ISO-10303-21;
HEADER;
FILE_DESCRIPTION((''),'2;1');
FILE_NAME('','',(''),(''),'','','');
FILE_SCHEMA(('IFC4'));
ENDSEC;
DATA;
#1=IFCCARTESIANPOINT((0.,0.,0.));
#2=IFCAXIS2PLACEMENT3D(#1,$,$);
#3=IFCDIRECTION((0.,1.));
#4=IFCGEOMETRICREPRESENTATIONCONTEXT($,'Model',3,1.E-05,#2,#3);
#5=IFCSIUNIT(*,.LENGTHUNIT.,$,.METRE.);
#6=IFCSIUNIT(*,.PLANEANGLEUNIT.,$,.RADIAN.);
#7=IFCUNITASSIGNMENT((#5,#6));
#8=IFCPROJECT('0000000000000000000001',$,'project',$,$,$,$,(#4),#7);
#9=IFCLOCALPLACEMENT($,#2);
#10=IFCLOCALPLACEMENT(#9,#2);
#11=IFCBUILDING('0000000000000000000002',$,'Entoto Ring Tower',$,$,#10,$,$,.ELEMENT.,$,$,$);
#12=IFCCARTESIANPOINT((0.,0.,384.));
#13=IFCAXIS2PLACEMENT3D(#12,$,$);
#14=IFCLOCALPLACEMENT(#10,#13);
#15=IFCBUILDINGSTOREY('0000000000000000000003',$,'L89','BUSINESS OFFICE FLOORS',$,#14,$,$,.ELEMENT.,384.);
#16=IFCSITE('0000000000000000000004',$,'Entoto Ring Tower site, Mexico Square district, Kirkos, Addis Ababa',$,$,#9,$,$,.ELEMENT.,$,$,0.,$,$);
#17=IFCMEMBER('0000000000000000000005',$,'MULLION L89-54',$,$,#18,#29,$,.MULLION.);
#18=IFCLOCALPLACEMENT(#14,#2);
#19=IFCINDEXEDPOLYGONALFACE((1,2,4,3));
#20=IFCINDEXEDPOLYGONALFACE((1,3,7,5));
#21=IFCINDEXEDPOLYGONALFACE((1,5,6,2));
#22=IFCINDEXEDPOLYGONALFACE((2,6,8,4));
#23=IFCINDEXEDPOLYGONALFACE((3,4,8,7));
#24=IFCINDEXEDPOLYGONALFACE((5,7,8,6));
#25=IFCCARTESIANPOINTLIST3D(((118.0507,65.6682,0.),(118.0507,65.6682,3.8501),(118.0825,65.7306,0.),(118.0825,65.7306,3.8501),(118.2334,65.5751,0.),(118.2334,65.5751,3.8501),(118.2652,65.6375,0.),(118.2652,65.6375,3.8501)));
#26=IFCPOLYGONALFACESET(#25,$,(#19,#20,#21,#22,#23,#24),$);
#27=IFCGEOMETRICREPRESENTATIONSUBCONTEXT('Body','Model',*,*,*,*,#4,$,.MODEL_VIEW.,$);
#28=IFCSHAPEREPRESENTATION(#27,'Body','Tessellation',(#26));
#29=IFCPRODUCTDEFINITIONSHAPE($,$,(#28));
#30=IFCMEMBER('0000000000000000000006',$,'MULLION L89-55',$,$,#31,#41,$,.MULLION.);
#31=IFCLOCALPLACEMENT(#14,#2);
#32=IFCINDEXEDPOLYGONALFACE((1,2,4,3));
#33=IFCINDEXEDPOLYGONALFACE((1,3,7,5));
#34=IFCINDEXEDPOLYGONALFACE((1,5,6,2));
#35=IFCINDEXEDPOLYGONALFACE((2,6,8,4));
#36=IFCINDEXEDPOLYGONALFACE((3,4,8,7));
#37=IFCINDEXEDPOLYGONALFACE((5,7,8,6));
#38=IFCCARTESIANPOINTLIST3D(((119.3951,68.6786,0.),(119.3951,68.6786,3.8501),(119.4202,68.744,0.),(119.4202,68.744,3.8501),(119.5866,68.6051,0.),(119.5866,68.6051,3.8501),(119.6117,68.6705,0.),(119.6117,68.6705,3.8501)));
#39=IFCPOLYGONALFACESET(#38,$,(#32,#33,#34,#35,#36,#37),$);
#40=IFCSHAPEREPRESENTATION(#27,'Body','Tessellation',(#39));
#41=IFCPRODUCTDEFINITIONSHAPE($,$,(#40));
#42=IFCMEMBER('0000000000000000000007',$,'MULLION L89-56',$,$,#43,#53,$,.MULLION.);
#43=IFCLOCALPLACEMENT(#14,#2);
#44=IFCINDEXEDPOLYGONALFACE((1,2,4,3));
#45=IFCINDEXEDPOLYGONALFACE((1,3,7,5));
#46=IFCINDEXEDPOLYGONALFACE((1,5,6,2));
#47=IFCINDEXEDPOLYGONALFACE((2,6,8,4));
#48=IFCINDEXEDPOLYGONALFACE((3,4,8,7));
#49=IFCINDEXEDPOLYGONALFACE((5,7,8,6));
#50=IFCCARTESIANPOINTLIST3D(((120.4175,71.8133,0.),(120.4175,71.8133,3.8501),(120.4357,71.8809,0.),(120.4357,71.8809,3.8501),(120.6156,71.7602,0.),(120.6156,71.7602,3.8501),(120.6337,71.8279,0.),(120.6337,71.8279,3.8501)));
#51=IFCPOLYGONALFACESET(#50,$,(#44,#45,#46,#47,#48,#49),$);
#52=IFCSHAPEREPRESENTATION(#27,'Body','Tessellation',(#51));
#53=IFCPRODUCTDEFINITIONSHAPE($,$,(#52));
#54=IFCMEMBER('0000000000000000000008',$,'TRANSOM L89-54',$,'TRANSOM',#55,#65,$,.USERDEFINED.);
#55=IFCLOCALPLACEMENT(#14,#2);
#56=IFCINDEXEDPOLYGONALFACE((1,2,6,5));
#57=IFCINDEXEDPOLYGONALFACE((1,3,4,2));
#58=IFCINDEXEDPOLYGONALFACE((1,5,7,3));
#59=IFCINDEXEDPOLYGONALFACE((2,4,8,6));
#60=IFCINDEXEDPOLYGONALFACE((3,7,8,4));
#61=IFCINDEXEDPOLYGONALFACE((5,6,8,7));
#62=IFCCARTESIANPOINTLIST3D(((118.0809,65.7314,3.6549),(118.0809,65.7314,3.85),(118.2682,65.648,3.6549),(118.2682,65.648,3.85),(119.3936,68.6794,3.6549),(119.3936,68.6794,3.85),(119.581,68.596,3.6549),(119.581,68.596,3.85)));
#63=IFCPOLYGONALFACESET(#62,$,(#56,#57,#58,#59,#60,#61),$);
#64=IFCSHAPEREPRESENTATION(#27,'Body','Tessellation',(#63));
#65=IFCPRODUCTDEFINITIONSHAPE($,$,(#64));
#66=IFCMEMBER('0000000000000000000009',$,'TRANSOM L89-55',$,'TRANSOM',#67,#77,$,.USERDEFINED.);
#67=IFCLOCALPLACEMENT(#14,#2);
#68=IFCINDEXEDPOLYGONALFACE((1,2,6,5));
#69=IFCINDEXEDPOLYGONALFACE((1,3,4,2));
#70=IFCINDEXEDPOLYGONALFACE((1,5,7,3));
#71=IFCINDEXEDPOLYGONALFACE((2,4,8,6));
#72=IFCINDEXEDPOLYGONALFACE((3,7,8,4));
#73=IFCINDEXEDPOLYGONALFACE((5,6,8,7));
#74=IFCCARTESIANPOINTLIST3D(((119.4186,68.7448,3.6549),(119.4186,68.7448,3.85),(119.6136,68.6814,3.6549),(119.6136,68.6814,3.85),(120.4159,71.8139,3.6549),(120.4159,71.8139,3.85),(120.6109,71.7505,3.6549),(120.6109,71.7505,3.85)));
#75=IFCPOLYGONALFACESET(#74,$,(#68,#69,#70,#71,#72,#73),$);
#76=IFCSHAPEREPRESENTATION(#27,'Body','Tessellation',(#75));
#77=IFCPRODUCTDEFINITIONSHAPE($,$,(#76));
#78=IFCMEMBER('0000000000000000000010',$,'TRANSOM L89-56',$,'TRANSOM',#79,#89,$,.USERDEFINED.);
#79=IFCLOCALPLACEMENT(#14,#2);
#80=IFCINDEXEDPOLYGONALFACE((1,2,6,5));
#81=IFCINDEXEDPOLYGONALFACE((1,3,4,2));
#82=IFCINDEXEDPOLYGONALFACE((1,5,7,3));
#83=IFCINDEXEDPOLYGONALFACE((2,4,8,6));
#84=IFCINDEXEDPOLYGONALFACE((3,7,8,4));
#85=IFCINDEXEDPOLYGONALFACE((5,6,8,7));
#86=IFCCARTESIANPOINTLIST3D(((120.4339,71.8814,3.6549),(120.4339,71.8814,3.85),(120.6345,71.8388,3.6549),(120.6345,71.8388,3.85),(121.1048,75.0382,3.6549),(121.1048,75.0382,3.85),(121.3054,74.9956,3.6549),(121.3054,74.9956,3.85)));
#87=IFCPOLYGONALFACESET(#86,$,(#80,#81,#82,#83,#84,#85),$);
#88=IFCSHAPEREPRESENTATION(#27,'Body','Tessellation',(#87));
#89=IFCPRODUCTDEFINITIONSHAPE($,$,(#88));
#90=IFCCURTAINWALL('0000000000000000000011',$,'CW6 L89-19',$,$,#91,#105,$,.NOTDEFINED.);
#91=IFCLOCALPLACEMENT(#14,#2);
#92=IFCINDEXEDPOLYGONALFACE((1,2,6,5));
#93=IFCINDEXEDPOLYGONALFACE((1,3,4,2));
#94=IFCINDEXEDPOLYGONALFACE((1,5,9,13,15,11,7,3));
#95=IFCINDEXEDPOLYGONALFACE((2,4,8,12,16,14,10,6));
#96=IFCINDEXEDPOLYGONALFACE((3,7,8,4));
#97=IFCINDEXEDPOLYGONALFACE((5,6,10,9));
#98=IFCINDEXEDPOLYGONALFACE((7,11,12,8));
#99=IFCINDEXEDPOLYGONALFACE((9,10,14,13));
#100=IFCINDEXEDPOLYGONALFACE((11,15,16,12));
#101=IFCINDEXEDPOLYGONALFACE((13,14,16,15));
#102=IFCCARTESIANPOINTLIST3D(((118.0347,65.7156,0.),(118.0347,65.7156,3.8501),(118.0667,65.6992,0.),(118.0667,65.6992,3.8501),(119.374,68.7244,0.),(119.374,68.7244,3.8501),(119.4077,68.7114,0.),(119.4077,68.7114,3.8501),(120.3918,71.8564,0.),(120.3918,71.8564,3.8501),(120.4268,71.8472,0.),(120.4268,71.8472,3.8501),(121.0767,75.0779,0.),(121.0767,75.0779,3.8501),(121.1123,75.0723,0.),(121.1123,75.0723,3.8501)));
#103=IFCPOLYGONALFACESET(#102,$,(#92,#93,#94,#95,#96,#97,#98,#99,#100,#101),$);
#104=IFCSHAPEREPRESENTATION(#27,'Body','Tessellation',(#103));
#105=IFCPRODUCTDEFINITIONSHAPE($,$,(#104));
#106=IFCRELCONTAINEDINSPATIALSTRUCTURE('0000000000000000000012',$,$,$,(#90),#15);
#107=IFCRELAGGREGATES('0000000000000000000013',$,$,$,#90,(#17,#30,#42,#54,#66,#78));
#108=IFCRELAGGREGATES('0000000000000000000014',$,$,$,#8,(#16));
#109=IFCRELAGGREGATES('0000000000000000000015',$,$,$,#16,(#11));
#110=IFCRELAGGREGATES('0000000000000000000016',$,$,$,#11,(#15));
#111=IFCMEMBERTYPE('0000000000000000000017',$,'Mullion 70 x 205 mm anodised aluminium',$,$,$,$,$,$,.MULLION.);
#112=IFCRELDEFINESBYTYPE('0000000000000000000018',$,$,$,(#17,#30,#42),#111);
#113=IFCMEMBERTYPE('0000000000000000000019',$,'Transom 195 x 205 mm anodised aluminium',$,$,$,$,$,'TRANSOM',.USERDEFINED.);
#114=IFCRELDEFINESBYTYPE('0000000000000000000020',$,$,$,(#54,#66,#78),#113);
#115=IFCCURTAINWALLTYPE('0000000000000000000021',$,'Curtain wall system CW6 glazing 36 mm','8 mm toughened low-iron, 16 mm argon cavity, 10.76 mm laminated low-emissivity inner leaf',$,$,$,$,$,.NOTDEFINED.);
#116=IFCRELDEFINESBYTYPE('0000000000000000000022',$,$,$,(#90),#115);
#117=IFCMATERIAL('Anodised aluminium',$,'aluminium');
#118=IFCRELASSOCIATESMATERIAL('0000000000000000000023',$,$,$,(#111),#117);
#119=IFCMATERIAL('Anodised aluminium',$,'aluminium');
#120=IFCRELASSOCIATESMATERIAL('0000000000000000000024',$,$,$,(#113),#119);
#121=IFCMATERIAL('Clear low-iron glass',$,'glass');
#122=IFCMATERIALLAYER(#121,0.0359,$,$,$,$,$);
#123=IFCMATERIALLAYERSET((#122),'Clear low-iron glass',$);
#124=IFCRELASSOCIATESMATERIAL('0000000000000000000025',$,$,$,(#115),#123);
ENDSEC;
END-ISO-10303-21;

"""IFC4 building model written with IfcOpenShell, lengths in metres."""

from ifc_helpers import new_model, si_unit, direction, frame, origin, origin_2d, place, context, subcontext, project, spatial, polyline, rectangle, outline, extrude, material, layer, layer_set, material_profile, profile_set, type_object, element, aggregate, save


model = new_model("IFC4")

# Units and contexts
model_context = context("Model", 3, precision=1e-05, world=origin(), true_north=direction((0.0, 1.0)))
body_context = subcontext(model_context, "Body", "Model", "MODEL_VIEW")
ifc_project = project(units=[si_unit("LENGTHUNIT", "METRE"), si_unit("PLANEANGLEUNIT", "RADIAN")], contexts=[model_context])

# Members
ifc_material_1 = material(Name="Anodised aluminium", Category="aluminium")
ifc_material_profile_1 = material_profile(ifc_material_1, rectangle(XDim=0.0701, YDim=0.2051, at=origin_2d()), Name="Mullion 70 x 205 mm anodised aluminium")
ifc_profile_set_1 = profile_set([ifc_material_profile_1], Name="Anodised aluminium")
member_type_1 = type_object("IfcMemberType", Name="Mullion 70 x 205 mm anodised aluminium", PredefinedType="MULLION", material=ifc_profile_set_1)
site_placement = place(None, origin())
building_placement = place(site_placement, origin())
storey_placement = place(building_placement, frame((0.0, 0.0, 384.0)))
member_1_placement = place(storey_placement, frame((118.158, 65.6528, 0.0), z_axis=(0.0, 0.0, 1.0), x_axis=(0.45399, 0.891007, 0.0)))
member_1 = element("IfcMember", 1, at=member_1_placement, type_object=member_type_1, Name="MULLION L89-54", PredefinedType="MULLION", context=body_context, shape_type="SweptSolid", body=[
    extrude(rectangle(XDim=0.0701, YDim=0.2051, at=origin_2d()), origin(), (0.0, 0.0, 1.0), 3.8501),
])
member_2_placement = place(storey_placement, frame((119.5034, 68.6746, 0.0), z_axis=(0.0, 0.0, 1.0), x_axis=(0.358368, 0.93358, 0.0)))
member_2 = element("IfcMember", 2, at=member_2_placement, type_object=member_type_1, Name="MULLION L89-55", PredefinedType="MULLION", context=body_context, shape_type="SweptSolid", body=[
    extrude(rectangle(XDim=0.0701, YDim=0.2051, at=origin_2d()), origin(), (0.0, 0.0, 1.0), 3.8501),
])
member_3_placement = place(storey_placement, frame((120.5256, 71.8206, 0.0), z_axis=(0.0, 0.0, 1.0), x_axis=(0.258819, 0.965926, 0.0)))
member_3 = element("IfcMember", 3, at=member_3_placement, type_object=member_type_1, Name="MULLION L89-56", PredefinedType="MULLION", context=body_context, shape_type="SweptSolid", body=[
    extrude(rectangle(XDim=0.0701, YDim=0.2051, at=origin_2d()), origin(), (0.0, 0.0, 1.0), 3.8501),
])
ifc_material_2 = material(Name="Anodised aluminium", Category="aluminium")
ifc_material_profile_2 = material_profile(ifc_material_2, rectangle(XDim=0.2051, YDim=0.1951, at=origin_2d()), Name="Transom 195 x 205 mm anodised aluminium")
ifc_profile_set_2 = profile_set([ifc_material_profile_2], Name="Anodised aluminium")
member_type_2 = type_object("IfcMemberType", Name="Transom 195 x 205 mm anodised aluminium", ElementType="TRANSOM", PredefinedType="USERDEFINED", material=ifc_profile_set_2)
member_4_placement = place(storey_placement, frame((118.1746, 65.6897, 3.7524), z_axis=(0.406791, 0.913521, 0.0), x_axis=(-0.913521, 0.406791, 0.0)))
member_4 = element("IfcMember", 4, at=member_4_placement, type_object=member_type_2, Name="TRANSOM L89-54", ObjectType="TRANSOM", PredefinedType="USERDEFINED", context=body_context, shape_type="SweptSolid", body=[
    extrude(rectangle(XDim=0.2051, YDim=0.1951, at=origin_2d()), origin(), (0.0, 0.0, 1.0), 3.2271),
])
member_5_placement = place(storey_placement, frame((119.5161, 68.7131, 3.7524), z_axis=(0.309047, 0.951047, 0.0), x_axis=(-0.951047, 0.309047, 0.0)))
member_5 = element("IfcMember", 5, at=member_5_placement, type_object=member_type_2, Name="TRANSOM L89-55", ObjectType="TRANSOM", PredefinedType="USERDEFINED", context=body_context, shape_type="SweptSolid", body=[
    extrude(rectangle(XDim=0.2051, YDim=0.1951, at=origin_2d()), origin(), (0.0, 0.0, 1.0), 3.2271),
])
member_6_placement = place(storey_placement, frame((120.5342, 71.8601, 3.7524), z_axis=(0.207886, 0.978153, 0.0), x_axis=(-0.978153, 0.207886, 0.0)))
member_6 = element("IfcMember", 6, at=member_6_placement, type_object=member_type_2, Name="TRANSOM L89-56", ObjectType="TRANSOM", PredefinedType="USERDEFINED", context=body_context, shape_type="SweptSolid", body=[
    extrude(rectangle(XDim=0.2051, YDim=0.1951, at=origin_2d()), origin(), (0.0, 0.0, 1.0), 3.2273),
])

# Site, building, storey
site = spatial("IfcSite", under=ifc_project, at=site_placement, Name="Entoto Ring Tower site, Mexico Square district, Kirkos, Addis Ababa", CompositionType="ELEMENT", RefElevation=0.0)
building = spatial("IfcBuilding", under=site, at=building_placement, Name="Entoto Ring Tower", CompositionType="ELEMENT")
storey = spatial("IfcBuildingStorey", under=building, at=storey_placement, Name="L89", Description="BUSINESS OFFICE FLOORS", CompositionType="ELEMENT", Elevation=384.0)

# Curtain wall
ifc_material_3 = material(Name="Clear low-iron glass", Category="glass")
ifc_layer_1 = layer(ifc_material_3, 0.0359)
ifc_layer_set_1 = layer_set([ifc_layer_1], Name="Clear low-iron glass")
curtain_wall_type = type_object("IfcCurtainWallType", Name="Curtain wall system CW6 glazing 36 mm", Description="8 mm toughened low-iron, 16 mm argon cavity, 10.76 mm laminated low-emissivity inner leaf", PredefinedType="NOTDEFINED", material=ifc_layer_set_1)
curtain_wall_1_placement = place(storey_placement, origin())
curtain_wall_1 = element("IfcCurtainWall", 7, at=curtain_wall_1_placement, inside=storey, type_object=curtain_wall_type, Name="CW6 L89-19", PredefinedType="NOTDEFINED", context=body_context, shape_type="SweptSolid", body=[
    extrude(outline(polyline([(118.0667, 65.6992), (119.4077, 68.7114), (120.4268, 71.8472), (121.1123, 75.0723), (121.0767, 75.0779), (120.3918, 71.8564), (119.374, 68.7244), (118.0347, 65.7156), (118.0667, 65.6992)])), origin(), (0.0, 0.0, 1.0), 3.8501),
])
aggregate(curtain_wall_1, [member_1, member_2, member_3, member_4, member_5, member_6])

save(model, "model.ifc")
